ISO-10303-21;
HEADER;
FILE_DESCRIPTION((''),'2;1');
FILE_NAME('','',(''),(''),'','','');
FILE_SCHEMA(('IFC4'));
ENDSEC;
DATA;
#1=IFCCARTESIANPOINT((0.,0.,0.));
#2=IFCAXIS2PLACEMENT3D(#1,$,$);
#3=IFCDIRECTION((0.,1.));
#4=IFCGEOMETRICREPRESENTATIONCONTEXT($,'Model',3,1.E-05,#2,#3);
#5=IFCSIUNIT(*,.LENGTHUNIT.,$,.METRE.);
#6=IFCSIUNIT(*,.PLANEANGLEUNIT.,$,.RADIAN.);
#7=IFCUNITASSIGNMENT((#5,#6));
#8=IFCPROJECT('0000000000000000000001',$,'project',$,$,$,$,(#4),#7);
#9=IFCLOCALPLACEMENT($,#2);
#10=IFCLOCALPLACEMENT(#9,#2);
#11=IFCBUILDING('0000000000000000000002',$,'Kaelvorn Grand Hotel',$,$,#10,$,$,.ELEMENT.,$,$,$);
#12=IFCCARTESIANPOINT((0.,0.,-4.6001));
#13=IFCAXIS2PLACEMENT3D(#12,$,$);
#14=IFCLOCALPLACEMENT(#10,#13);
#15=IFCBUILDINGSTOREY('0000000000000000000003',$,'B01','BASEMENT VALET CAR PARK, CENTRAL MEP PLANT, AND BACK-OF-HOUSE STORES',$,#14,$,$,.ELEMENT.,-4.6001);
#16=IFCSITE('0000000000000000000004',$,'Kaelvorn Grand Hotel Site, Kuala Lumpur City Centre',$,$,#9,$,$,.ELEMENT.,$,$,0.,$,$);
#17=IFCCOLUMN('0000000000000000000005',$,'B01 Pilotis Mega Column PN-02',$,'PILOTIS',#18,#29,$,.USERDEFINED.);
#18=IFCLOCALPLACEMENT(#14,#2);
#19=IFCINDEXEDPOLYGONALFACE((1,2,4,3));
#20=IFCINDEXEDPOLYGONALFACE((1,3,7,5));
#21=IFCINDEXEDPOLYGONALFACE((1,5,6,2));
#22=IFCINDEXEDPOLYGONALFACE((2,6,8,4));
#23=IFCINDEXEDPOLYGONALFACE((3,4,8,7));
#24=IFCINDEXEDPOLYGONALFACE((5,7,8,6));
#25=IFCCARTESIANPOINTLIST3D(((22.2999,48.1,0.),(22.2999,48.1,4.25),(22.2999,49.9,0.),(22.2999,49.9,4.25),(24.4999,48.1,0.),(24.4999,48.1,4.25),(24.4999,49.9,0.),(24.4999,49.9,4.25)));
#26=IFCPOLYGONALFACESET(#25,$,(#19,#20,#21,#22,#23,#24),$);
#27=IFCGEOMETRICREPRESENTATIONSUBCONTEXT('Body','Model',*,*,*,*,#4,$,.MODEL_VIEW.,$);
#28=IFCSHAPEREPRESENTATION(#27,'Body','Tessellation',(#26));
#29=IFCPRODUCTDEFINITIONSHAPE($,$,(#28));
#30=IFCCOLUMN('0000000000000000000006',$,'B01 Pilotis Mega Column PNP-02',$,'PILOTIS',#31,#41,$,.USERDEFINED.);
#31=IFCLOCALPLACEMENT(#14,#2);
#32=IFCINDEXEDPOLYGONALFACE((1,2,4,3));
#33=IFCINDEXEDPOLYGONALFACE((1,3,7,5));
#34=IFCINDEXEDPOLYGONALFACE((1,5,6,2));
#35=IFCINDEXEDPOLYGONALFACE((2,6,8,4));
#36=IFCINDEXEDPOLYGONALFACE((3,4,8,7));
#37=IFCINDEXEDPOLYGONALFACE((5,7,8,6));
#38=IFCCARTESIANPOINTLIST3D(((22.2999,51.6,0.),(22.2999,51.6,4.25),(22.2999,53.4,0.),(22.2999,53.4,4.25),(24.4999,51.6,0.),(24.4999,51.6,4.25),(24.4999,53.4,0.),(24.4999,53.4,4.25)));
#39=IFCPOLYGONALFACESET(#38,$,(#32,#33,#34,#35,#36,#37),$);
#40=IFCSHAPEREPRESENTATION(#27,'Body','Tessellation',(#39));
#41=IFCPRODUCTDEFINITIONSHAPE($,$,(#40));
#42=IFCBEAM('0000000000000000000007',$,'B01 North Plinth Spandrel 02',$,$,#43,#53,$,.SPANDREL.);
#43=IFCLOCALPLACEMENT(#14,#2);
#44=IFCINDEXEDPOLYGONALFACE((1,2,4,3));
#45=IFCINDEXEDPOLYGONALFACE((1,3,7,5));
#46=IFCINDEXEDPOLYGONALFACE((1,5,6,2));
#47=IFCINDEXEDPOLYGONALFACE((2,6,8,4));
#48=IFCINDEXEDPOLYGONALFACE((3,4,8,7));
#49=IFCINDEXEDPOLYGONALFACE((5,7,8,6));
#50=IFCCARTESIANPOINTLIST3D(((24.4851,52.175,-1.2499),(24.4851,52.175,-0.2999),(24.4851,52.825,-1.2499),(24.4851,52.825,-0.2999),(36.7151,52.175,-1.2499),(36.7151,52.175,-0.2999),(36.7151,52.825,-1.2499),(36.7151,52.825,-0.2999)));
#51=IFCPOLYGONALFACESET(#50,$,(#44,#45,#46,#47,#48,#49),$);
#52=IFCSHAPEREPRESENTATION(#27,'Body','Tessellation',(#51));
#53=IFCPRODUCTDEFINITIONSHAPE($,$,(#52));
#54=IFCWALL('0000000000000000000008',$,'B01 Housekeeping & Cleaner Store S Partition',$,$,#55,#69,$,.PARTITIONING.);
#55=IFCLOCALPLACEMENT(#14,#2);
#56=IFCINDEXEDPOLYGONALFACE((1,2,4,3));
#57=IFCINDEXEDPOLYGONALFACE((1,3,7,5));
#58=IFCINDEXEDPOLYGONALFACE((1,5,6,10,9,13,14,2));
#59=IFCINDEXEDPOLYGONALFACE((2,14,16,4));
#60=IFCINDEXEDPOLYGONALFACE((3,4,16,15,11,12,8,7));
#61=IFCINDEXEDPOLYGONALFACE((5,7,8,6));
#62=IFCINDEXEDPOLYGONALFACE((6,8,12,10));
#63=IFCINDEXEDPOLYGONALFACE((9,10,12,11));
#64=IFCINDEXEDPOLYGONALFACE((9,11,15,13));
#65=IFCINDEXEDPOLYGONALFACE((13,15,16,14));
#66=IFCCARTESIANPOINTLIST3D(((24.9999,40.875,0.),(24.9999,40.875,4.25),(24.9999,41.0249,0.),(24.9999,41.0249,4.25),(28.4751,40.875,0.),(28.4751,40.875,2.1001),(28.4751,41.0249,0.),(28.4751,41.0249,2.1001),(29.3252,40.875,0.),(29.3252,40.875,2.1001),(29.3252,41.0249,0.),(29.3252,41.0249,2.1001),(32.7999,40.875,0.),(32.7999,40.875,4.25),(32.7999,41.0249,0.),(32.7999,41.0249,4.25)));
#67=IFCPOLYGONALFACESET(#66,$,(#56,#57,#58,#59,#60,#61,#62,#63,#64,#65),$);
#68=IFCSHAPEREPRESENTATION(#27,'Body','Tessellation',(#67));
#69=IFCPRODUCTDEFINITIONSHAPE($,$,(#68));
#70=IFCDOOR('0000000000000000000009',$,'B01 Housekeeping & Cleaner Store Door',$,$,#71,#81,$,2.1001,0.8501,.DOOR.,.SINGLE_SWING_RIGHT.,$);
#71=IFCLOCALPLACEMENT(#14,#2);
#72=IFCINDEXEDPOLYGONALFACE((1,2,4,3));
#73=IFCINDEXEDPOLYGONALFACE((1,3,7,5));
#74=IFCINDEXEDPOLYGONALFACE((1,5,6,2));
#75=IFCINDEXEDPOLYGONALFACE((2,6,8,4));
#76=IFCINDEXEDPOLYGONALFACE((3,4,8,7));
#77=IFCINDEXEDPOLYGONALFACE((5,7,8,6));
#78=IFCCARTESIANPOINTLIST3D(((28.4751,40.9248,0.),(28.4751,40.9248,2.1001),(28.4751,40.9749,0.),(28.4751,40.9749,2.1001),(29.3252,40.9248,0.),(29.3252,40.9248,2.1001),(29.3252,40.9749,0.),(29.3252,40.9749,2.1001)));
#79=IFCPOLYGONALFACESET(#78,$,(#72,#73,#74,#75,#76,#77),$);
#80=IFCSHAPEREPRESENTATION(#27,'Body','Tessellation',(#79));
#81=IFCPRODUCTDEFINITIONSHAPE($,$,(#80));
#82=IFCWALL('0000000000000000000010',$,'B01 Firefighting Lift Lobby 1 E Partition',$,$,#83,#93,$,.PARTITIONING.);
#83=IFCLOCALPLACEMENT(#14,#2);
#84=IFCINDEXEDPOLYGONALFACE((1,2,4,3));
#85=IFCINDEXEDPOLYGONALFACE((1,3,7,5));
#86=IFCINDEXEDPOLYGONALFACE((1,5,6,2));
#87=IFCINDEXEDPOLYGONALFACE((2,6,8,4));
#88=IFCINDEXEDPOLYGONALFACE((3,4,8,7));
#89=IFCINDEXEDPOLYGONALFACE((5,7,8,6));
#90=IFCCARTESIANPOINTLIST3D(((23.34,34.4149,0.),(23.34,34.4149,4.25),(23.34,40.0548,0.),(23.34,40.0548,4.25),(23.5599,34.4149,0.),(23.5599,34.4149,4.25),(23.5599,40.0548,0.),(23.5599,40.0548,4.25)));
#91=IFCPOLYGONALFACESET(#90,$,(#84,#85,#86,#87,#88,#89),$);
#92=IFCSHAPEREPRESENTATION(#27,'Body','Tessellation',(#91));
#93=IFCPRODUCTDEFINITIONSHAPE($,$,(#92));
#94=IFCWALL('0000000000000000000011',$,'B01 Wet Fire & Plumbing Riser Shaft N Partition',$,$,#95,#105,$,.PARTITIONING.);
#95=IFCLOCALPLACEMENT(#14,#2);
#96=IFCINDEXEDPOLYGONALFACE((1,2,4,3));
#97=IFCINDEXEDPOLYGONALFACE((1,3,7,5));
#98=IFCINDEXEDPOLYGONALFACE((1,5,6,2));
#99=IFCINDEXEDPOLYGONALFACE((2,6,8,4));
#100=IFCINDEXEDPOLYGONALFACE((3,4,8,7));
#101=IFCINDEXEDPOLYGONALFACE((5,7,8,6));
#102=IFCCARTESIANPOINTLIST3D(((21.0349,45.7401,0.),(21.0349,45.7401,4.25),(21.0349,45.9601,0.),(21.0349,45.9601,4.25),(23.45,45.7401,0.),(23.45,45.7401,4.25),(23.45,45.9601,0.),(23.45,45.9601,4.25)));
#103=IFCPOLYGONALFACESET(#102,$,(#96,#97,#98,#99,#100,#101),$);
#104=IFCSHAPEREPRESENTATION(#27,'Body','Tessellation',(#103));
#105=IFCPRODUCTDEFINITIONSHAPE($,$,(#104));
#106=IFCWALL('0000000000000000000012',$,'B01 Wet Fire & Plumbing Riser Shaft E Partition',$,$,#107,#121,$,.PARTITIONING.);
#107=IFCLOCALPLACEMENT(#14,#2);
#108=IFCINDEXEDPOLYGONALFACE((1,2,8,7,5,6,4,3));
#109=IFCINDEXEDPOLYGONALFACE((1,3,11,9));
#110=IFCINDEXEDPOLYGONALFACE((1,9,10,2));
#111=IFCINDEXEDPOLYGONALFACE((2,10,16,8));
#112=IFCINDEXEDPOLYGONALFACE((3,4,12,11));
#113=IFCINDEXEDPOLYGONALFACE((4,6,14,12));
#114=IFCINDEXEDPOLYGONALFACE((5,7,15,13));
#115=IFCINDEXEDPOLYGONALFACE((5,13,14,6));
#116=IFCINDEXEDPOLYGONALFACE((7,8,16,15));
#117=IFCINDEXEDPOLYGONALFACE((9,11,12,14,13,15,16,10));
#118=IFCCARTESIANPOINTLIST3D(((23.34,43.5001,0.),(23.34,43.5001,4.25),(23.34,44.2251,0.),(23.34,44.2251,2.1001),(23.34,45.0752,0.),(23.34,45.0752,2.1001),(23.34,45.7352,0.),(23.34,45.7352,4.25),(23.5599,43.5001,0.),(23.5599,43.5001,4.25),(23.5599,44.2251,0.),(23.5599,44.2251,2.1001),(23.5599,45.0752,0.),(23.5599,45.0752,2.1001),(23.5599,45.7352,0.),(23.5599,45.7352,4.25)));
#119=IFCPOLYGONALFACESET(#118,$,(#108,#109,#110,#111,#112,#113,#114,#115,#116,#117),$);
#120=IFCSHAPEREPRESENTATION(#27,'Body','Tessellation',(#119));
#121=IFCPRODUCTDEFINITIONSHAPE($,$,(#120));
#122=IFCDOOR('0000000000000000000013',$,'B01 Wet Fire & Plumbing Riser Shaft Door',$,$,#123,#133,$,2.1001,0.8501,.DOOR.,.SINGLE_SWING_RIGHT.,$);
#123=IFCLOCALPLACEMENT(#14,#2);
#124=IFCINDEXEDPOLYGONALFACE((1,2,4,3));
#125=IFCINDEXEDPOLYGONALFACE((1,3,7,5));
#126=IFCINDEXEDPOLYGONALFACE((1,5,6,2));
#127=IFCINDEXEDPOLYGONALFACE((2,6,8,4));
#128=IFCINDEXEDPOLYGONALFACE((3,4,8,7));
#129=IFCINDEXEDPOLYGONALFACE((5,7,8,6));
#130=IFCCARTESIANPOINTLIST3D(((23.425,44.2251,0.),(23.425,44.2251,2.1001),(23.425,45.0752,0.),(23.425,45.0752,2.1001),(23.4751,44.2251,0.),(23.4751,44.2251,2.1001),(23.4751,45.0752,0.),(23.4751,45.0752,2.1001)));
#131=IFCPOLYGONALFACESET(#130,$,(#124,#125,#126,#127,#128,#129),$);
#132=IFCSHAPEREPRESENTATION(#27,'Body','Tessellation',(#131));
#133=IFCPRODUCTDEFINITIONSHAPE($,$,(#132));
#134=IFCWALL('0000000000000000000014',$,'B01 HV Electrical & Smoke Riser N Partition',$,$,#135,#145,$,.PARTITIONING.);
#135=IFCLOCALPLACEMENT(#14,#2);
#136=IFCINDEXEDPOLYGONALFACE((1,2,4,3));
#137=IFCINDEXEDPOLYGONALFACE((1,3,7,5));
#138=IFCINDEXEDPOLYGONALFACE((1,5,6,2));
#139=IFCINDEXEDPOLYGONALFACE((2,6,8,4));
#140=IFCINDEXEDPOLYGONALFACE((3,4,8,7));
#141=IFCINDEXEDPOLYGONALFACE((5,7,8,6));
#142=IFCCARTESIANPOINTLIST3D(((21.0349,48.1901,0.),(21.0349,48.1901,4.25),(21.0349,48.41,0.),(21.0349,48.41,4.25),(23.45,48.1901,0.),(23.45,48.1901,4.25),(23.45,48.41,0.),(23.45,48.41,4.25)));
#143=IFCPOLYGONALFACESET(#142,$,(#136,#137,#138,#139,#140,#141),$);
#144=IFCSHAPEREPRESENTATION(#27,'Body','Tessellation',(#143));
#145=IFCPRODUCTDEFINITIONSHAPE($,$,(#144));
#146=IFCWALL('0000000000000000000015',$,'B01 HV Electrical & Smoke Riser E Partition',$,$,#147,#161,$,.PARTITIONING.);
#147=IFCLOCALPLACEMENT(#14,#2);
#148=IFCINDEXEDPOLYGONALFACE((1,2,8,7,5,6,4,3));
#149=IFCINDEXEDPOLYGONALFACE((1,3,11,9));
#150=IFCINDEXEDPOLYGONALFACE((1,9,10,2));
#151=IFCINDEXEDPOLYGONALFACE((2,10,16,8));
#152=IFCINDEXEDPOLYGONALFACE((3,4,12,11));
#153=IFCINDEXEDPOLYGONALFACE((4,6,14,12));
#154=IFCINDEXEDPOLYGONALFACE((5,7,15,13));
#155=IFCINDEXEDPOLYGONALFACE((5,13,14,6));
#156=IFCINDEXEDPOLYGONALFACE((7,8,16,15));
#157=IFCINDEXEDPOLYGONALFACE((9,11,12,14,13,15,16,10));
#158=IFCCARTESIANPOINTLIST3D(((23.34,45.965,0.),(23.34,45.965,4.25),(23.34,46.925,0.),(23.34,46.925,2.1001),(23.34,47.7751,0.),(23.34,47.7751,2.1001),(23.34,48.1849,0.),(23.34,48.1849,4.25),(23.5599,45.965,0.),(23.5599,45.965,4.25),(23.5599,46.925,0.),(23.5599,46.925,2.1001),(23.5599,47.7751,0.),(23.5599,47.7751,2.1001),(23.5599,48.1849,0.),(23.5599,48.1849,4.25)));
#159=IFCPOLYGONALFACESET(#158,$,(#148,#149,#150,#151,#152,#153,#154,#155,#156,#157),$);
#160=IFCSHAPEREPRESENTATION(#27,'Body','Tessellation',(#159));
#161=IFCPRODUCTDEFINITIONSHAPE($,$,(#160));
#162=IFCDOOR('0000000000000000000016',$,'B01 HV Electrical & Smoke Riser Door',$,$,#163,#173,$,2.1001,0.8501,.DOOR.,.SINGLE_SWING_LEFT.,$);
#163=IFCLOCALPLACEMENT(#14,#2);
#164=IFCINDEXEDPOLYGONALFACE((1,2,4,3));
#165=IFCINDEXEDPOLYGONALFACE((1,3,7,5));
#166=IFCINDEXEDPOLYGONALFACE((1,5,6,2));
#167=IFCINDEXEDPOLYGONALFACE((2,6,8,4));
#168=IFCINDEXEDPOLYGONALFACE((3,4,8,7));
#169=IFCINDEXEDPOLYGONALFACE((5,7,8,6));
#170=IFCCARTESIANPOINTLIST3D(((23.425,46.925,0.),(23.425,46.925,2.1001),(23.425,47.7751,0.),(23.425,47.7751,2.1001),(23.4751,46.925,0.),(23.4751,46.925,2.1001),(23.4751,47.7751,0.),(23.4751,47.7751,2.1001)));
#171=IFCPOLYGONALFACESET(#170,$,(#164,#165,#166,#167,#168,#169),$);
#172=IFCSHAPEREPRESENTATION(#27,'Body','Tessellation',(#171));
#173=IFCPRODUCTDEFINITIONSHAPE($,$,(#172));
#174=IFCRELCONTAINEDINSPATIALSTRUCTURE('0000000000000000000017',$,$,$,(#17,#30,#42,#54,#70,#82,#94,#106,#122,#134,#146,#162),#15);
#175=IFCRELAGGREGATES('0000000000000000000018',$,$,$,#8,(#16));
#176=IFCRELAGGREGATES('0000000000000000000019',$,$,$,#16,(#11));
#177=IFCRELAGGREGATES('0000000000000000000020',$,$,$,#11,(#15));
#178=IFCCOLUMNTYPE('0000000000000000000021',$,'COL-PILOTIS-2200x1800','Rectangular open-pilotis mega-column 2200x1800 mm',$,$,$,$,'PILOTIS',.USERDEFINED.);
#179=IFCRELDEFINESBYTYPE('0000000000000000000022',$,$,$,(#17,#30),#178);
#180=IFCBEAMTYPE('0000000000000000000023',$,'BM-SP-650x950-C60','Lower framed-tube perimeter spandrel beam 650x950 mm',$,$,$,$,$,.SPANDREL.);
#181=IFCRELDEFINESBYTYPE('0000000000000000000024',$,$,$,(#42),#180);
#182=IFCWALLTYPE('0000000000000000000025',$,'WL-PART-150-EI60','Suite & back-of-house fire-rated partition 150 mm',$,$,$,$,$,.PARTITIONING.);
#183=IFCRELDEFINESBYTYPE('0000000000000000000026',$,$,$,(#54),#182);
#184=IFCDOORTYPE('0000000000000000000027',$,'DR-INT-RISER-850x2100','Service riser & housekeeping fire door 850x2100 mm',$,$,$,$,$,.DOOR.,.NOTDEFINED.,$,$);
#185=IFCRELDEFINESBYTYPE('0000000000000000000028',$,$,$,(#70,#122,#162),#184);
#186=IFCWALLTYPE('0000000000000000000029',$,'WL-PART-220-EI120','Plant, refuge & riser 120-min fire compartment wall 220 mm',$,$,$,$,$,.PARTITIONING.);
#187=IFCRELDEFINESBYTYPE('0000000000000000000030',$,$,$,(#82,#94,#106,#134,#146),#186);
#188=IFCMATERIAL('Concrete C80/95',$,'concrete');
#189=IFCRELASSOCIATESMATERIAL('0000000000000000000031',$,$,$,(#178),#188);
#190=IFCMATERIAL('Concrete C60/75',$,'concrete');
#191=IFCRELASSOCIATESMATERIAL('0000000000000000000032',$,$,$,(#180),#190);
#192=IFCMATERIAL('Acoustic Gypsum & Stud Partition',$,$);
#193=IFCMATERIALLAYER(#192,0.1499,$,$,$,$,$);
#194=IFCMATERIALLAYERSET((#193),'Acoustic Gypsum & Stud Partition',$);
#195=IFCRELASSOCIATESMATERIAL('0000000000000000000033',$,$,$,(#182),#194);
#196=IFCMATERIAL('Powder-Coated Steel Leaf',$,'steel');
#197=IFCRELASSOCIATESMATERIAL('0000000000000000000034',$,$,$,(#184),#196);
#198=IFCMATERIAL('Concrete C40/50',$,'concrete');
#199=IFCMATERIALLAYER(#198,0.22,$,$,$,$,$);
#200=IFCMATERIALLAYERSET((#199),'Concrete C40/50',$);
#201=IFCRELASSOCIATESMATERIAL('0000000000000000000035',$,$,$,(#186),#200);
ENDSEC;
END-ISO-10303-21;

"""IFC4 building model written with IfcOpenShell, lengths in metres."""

from ifc_helpers import new_model, si_unit, direction, frame, frame_2d, origin, origin_2d, place, context, subcontext, project, spatial, rectangle, extrude, material, layer, layer_set, material_profile, profile_set, type_object, element, fill, save


model = new_model("IFC4")

# Units and contexts
model_context = context("Model", 3, precision=1e-05, world=origin(), true_north=direction((0.0, 1.0)))
body_context = subcontext(model_context, "Body", "Model", "MODEL_VIEW")
ifc_project = project(units=[si_unit("LENGTHUNIT", "METRE"), si_unit("PLANEANGLEUNIT", "RADIAN")], contexts=[model_context])

# Site, building, storey
site_placement = place(None, origin())
site = spatial("IfcSite", under=ifc_project, at=site_placement, Name="Kaelvorn Grand Hotel Site, Kuala Lumpur City Centre", CompositionType="ELEMENT", RefElevation=0.0)
building_placement = place(site_placement, origin())
building = spatial("IfcBuilding", under=site, at=building_placement, Name="Kaelvorn Grand Hotel", CompositionType="ELEMENT")
storey_placement = place(building_placement, frame((0.0, 0.0, -4.6001)))
storey = spatial("IfcBuildingStorey", under=building, at=storey_placement, Name="B01", Description="BASEMENT VALET CAR PARK, CENTRAL MEP PLANT, AND BACK-OF-HOUSE STORES", CompositionType="ELEMENT", Elevation=-4.6001)

# Columns
ifc_material_1 = material(Name="Concrete C80/95", Category="concrete")
ifc_material_profile_1 = material_profile(ifc_material_1, rectangle(XDim=2.2, YDim=1.8, at=origin_2d()), Name="PILOTIS 2200x1800")
ifc_profile_set_1 = profile_set([ifc_material_profile_1], Name="Concrete C80/95")
column_type = type_object("IfcColumnType", Name="COL-PILOTIS-2200x1800", Description="Rectangular open-pilotis mega-column 2200x1800 mm", ElementType="PILOTIS", PredefinedType="USERDEFINED", material=ifc_profile_set_1)
for number, where, z_axis, x_axis, name in (
    (1, (23.3999, 49.0, 0.0), (0.0, 0.0, 1.0), (1.0, 0.0, 0.0), "B01 Pilotis Mega Column PN-02"),
    (2, (23.3999, 52.5, 0.0), (0.0, 0.0, 1.0), (1.0, 0.0, 0.0), "B01 Pilotis Mega Column PNP-02"),
):
    element("IfcColumn", number, at=place(storey_placement, frame(where, z_axis=z_axis, x_axis=x_axis)), inside=storey, type_object=column_type, Name=name, ObjectType="PILOTIS", PredefinedType="USERDEFINED", context=body_context, shape_type="SweptSolid", body=[
        extrude(rectangle(XDim=2.2, YDim=1.8, at=origin_2d()), origin(), (0.0, 0.0, 1.0), 4.25),
    ])

# Beam
ifc_material_2 = material(Name="Concrete C60/75", Category="concrete")
ifc_material_profile_2 = material_profile(ifc_material_2, rectangle(XDim=0.6499, YDim=0.95, at=origin_2d()), Name="RC SPANDREL 650x950")
ifc_profile_set_2 = profile_set([ifc_material_profile_2], Name="Concrete C60/75")
beam_type = type_object("IfcBeamType", Name="BM-SP-650x950-C60", Description="Lower framed-tube perimeter spandrel beam 650x950 mm", PredefinedType="SPANDREL", material=ifc_profile_set_2)
beam_placement = place(storey_placement, frame((24.4851, 52.5, -0.7749), z_axis=(1.0, 0.0, 0.0), x_axis=(0.0, 1.0, 0.0)))
element("IfcBeam", 3, at=beam_placement, inside=storey, type_object=beam_type, Name="B01 North Plinth Spandrel 02", PredefinedType="SPANDREL", context=body_context, shape_type="SweptSolid", body=[
    extrude(rectangle(XDim=0.6499, YDim=0.95, at=origin_2d()), origin(), (0.0, 0.0, 1.0), 12.23),
])

# Wall, opening, door
ifc_material_3 = material(Name="Acoustic Gypsum & Stud Partition")
ifc_layer_1 = layer(ifc_material_3, 0.1499)
ifc_layer_set_1 = layer_set([ifc_layer_1], Name="Acoustic Gypsum & Stud Partition")
wall_type_1 = type_object("IfcWallType", Name="WL-PART-150-EI60", Description="Suite & back-of-house fire-rated partition 150 mm", PredefinedType="PARTITIONING", material=ifc_layer_set_1)
wall_1_placement = place(storey_placement, frame((25.0, 40.95, 0.0), z_axis=(0.0, 0.0, 1.0), x_axis=(1.0, 0.0, 0.0)))
wall_1 = element("IfcWall", 4, at=wall_1_placement, inside=storey, type_object=wall_type_1, Name="B01 Housekeeping & Cleaner Store S Partition", PredefinedType="PARTITIONING", context=body_context, shape_type="SweptSolid", body=[
    extrude(rectangle(XDim=7.8, YDim=0.1499, at=frame_2d((3.8999, 0.0))), origin(), (0.0, 0.0, 1.0), 4.25),
])
opening_1_placement = place(wall_1_placement, frame((3.4751, 0.0, 0.0)))
opening_1 = element("IfcOpeningElement", 5, at=opening_1_placement, cuts=wall_1, PredefinedType="OPENING", context=body_context, shape_type="SweptSolid", body=[
    extrude(rectangle(XDim=0.8501, YDim=2.1001, at=frame_2d((0.425, 1.05))), frame((0.0, 0.085, 0.0), z_axis=(0.0, -1.0, 0.0), x_axis=(1.0, 0.0, 0.0)), (0.0, 0.0, 1.0), 0.1699),
])
ifc_material_4 = material(Name="Powder-Coated Steel Leaf", Category="steel")
door_type_1 = type_object("IfcDoorType", Name="DR-INT-RISER-850x2100", Description="Service riser & housekeeping fire door 850x2100 mm", OperationType="NOTDEFINED", PredefinedType="DOOR", material=ifc_material_4)
door_1_placement = place(opening_1_placement, origin())
door_1 = element("IfcDoor", 6, at=door_1_placement, inside=storey, type_object=door_type_1, Name="B01 Housekeeping & Cleaner Store Door", OperationType="SINGLE_SWING_RIGHT", OverallHeight=2.1001, OverallWidth=0.8501, PredefinedType="DOOR", context=body_context, shape_type="SweptSolid", body=[
    extrude(rectangle(XDim=0.8501, YDim=2.1001, at=frame_2d((0.425, 1.05))), frame((0.0, 0.0249, 0.0), z_axis=(0.0, -1.0, 0.0), x_axis=(1.0, 0.0, 0.0)), (0.0, 0.0, 1.0), 0.05),
])
fill(opening_1, door_1)

# Walls
ifc_material_5 = material(Name="Concrete C40/50", Category="concrete")
ifc_layer_2 = layer(ifc_material_5, 0.22)
ifc_layer_set_2 = layer_set([ifc_layer_2], Name="Concrete C40/50")
wall_type_2 = type_object("IfcWallType", Name="WL-PART-220-EI120", Description="Plant, refuge & riser 120-min fire compartment wall 220 mm", PredefinedType="PARTITIONING", material=ifc_layer_set_2)
wall_2_placement = place(storey_placement, frame((23.45, 34.415, 0.0), z_axis=(0.0, 0.0, 1.0), x_axis=(0.0, 1.0, 0.0)))
element("IfcWall", 7, at=wall_2_placement, inside=storey, type_object=wall_type_2, Name="B01 Firefighting Lift Lobby 1 E Partition", PredefinedType="PARTITIONING", context=body_context, shape_type="SweptSolid", body=[
    extrude(rectangle(XDim=5.6399, YDim=0.22, at=frame_2d((2.8198, 0.0))), origin(), (0.0, 0.0, 1.0), 4.25),
])
wall_3_placement = place(storey_placement, frame((21.0349, 45.8501, 0.0), z_axis=(0.0, 0.0, 1.0), x_axis=(1.0, 0.0, 0.0)))
element("IfcWall", 8, at=wall_3_placement, inside=storey, type_object=wall_type_2, Name="B01 Wet Fire & Plumbing Riser Shaft N Partition", PredefinedType="PARTITIONING", context=body_context, shape_type="SweptSolid", body=[
    extrude(rectangle(XDim=2.415, YDim=0.22, at=frame_2d((1.2075, 0.0))), origin(), (0.0, 0.0, 1.0), 4.25),
])

# Wall, opening, door
wall_4_placement = place(storey_placement, frame((23.45, 43.5, 0.0), z_axis=(0.0, 0.0, 1.0), x_axis=(0.0, 1.0, 0.0)))
wall_4 = element("IfcWall", 9, at=wall_4_placement, inside=storey, type_object=wall_type_2, Name="B01 Wet Fire & Plumbing Riser Shaft E Partition", PredefinedType="PARTITIONING", context=body_context, shape_type="SweptSolid", body=[
    extrude(rectangle(XDim=2.2351, YDim=0.22, at=frame_2d((1.1177, 0.0))), origin(), (0.0, 0.0, 1.0), 4.25),
])
opening_2_placement = place(wall_4_placement, frame((0.7251, 0.0, 0.0)))
opening_2 = element("IfcOpeningElement", 10, at=opening_2_placement, cuts=wall_4, PredefinedType="OPENING", context=body_context, shape_type="SweptSolid", body=[
    extrude(rectangle(XDim=0.8501, YDim=2.1001, at=frame_2d((0.425, 1.05))), frame((0.0, 0.1201, 0.0), z_axis=(0.0, -1.0, 0.0), x_axis=(1.0, 0.0, 0.0)), (0.0, 0.0, 1.0), 0.24),
])
door_2_placement = place(opening_2_placement, origin())
door_2 = element("IfcDoor", 11, at=door_2_placement, inside=storey, type_object=door_type_1, Name="B01 Wet Fire & Plumbing Riser Shaft Door", OperationType="SINGLE_SWING_RIGHT", OverallHeight=2.1001, OverallWidth=0.8501, PredefinedType="DOOR", context=body_context, shape_type="SweptSolid", body=[
    extrude(rectangle(XDim=0.8501, YDim=2.1001, at=frame_2d((0.425, 1.05))), frame((0.0, 0.0249, 0.0), z_axis=(0.0, -1.0, 0.0), x_axis=(1.0, 0.0, 0.0)), (0.0, 0.0, 1.0), 0.05),
])
fill(opening_2, door_2)

# Wall
wall_5_placement = place(storey_placement, frame((21.0349, 48.3, 0.0), z_axis=(0.0, 0.0, 1.0), x_axis=(1.0, 0.0, 0.0)))
element("IfcWall", 12, at=wall_5_placement, inside=storey, type_object=wall_type_2, Name="B01 HV Electrical & Smoke Riser N Partition", PredefinedType="PARTITIONING", context=body_context, shape_type="SweptSolid", body=[
    extrude(rectangle(XDim=2.415, YDim=0.22, at=frame_2d((1.2075, 0.0))), origin(), (0.0, 0.0, 1.0), 4.25),
])

# Wall, opening, door
wall_6_placement = place(storey_placement, frame((23.45, 45.9651, 0.0), z_axis=(0.0, 0.0, 1.0), x_axis=(0.0, 1.0, 0.0)))
wall_6 = element("IfcWall", 13, at=wall_6_placement, inside=storey, type_object=wall_type_2, Name="B01 HV Electrical & Smoke Riser E Partition", PredefinedType="PARTITIONING", context=body_context, shape_type="SweptSolid", body=[
    extrude(rectangle(XDim=2.22, YDim=0.22, at=frame_2d((1.1099, 0.0))), origin(), (0.0, 0.0, 1.0), 4.25),
])
opening_3_placement = place(wall_6_placement, frame((0.96, 0.0, 0.0)))
opening_3 = element("IfcOpeningElement", 14, at=opening_3_placement, cuts=wall_6, PredefinedType="OPENING", context=body_context, shape_type="SweptSolid", body=[
    extrude(rectangle(XDim=0.8501, YDim=2.1001, at=frame_2d((0.425, 1.05))), frame((0.0, 0.1201, 0.0), z_axis=(0.0, -1.0, 0.0), x_axis=(1.0, 0.0, 0.0)), (0.0, 0.0, 1.0), 0.24),
])
door_3_placement = place(opening_3_placement, origin())
door_3 = element("IfcDoor", 15, at=door_3_placement, inside=storey, type_object=door_type_1, Name="B01 HV Electrical & Smoke Riser Door", OperationType="SINGLE_SWING_LEFT", OverallHeight=2.1001, OverallWidth=0.8501, PredefinedType="DOOR", context=body_context, shape_type="SweptSolid", body=[
    extrude(rectangle(XDim=0.8501, YDim=2.1001, at=frame_2d((0.425, 1.05))), frame((0.0, 0.0249, 0.0), z_axis=(0.0, -1.0, 0.0), x_axis=(1.0, 0.0, 0.0)), (0.0, 0.0, 1.0), 0.05),
])
fill(opening_3, door_3)

save(model, "model.ifc")
